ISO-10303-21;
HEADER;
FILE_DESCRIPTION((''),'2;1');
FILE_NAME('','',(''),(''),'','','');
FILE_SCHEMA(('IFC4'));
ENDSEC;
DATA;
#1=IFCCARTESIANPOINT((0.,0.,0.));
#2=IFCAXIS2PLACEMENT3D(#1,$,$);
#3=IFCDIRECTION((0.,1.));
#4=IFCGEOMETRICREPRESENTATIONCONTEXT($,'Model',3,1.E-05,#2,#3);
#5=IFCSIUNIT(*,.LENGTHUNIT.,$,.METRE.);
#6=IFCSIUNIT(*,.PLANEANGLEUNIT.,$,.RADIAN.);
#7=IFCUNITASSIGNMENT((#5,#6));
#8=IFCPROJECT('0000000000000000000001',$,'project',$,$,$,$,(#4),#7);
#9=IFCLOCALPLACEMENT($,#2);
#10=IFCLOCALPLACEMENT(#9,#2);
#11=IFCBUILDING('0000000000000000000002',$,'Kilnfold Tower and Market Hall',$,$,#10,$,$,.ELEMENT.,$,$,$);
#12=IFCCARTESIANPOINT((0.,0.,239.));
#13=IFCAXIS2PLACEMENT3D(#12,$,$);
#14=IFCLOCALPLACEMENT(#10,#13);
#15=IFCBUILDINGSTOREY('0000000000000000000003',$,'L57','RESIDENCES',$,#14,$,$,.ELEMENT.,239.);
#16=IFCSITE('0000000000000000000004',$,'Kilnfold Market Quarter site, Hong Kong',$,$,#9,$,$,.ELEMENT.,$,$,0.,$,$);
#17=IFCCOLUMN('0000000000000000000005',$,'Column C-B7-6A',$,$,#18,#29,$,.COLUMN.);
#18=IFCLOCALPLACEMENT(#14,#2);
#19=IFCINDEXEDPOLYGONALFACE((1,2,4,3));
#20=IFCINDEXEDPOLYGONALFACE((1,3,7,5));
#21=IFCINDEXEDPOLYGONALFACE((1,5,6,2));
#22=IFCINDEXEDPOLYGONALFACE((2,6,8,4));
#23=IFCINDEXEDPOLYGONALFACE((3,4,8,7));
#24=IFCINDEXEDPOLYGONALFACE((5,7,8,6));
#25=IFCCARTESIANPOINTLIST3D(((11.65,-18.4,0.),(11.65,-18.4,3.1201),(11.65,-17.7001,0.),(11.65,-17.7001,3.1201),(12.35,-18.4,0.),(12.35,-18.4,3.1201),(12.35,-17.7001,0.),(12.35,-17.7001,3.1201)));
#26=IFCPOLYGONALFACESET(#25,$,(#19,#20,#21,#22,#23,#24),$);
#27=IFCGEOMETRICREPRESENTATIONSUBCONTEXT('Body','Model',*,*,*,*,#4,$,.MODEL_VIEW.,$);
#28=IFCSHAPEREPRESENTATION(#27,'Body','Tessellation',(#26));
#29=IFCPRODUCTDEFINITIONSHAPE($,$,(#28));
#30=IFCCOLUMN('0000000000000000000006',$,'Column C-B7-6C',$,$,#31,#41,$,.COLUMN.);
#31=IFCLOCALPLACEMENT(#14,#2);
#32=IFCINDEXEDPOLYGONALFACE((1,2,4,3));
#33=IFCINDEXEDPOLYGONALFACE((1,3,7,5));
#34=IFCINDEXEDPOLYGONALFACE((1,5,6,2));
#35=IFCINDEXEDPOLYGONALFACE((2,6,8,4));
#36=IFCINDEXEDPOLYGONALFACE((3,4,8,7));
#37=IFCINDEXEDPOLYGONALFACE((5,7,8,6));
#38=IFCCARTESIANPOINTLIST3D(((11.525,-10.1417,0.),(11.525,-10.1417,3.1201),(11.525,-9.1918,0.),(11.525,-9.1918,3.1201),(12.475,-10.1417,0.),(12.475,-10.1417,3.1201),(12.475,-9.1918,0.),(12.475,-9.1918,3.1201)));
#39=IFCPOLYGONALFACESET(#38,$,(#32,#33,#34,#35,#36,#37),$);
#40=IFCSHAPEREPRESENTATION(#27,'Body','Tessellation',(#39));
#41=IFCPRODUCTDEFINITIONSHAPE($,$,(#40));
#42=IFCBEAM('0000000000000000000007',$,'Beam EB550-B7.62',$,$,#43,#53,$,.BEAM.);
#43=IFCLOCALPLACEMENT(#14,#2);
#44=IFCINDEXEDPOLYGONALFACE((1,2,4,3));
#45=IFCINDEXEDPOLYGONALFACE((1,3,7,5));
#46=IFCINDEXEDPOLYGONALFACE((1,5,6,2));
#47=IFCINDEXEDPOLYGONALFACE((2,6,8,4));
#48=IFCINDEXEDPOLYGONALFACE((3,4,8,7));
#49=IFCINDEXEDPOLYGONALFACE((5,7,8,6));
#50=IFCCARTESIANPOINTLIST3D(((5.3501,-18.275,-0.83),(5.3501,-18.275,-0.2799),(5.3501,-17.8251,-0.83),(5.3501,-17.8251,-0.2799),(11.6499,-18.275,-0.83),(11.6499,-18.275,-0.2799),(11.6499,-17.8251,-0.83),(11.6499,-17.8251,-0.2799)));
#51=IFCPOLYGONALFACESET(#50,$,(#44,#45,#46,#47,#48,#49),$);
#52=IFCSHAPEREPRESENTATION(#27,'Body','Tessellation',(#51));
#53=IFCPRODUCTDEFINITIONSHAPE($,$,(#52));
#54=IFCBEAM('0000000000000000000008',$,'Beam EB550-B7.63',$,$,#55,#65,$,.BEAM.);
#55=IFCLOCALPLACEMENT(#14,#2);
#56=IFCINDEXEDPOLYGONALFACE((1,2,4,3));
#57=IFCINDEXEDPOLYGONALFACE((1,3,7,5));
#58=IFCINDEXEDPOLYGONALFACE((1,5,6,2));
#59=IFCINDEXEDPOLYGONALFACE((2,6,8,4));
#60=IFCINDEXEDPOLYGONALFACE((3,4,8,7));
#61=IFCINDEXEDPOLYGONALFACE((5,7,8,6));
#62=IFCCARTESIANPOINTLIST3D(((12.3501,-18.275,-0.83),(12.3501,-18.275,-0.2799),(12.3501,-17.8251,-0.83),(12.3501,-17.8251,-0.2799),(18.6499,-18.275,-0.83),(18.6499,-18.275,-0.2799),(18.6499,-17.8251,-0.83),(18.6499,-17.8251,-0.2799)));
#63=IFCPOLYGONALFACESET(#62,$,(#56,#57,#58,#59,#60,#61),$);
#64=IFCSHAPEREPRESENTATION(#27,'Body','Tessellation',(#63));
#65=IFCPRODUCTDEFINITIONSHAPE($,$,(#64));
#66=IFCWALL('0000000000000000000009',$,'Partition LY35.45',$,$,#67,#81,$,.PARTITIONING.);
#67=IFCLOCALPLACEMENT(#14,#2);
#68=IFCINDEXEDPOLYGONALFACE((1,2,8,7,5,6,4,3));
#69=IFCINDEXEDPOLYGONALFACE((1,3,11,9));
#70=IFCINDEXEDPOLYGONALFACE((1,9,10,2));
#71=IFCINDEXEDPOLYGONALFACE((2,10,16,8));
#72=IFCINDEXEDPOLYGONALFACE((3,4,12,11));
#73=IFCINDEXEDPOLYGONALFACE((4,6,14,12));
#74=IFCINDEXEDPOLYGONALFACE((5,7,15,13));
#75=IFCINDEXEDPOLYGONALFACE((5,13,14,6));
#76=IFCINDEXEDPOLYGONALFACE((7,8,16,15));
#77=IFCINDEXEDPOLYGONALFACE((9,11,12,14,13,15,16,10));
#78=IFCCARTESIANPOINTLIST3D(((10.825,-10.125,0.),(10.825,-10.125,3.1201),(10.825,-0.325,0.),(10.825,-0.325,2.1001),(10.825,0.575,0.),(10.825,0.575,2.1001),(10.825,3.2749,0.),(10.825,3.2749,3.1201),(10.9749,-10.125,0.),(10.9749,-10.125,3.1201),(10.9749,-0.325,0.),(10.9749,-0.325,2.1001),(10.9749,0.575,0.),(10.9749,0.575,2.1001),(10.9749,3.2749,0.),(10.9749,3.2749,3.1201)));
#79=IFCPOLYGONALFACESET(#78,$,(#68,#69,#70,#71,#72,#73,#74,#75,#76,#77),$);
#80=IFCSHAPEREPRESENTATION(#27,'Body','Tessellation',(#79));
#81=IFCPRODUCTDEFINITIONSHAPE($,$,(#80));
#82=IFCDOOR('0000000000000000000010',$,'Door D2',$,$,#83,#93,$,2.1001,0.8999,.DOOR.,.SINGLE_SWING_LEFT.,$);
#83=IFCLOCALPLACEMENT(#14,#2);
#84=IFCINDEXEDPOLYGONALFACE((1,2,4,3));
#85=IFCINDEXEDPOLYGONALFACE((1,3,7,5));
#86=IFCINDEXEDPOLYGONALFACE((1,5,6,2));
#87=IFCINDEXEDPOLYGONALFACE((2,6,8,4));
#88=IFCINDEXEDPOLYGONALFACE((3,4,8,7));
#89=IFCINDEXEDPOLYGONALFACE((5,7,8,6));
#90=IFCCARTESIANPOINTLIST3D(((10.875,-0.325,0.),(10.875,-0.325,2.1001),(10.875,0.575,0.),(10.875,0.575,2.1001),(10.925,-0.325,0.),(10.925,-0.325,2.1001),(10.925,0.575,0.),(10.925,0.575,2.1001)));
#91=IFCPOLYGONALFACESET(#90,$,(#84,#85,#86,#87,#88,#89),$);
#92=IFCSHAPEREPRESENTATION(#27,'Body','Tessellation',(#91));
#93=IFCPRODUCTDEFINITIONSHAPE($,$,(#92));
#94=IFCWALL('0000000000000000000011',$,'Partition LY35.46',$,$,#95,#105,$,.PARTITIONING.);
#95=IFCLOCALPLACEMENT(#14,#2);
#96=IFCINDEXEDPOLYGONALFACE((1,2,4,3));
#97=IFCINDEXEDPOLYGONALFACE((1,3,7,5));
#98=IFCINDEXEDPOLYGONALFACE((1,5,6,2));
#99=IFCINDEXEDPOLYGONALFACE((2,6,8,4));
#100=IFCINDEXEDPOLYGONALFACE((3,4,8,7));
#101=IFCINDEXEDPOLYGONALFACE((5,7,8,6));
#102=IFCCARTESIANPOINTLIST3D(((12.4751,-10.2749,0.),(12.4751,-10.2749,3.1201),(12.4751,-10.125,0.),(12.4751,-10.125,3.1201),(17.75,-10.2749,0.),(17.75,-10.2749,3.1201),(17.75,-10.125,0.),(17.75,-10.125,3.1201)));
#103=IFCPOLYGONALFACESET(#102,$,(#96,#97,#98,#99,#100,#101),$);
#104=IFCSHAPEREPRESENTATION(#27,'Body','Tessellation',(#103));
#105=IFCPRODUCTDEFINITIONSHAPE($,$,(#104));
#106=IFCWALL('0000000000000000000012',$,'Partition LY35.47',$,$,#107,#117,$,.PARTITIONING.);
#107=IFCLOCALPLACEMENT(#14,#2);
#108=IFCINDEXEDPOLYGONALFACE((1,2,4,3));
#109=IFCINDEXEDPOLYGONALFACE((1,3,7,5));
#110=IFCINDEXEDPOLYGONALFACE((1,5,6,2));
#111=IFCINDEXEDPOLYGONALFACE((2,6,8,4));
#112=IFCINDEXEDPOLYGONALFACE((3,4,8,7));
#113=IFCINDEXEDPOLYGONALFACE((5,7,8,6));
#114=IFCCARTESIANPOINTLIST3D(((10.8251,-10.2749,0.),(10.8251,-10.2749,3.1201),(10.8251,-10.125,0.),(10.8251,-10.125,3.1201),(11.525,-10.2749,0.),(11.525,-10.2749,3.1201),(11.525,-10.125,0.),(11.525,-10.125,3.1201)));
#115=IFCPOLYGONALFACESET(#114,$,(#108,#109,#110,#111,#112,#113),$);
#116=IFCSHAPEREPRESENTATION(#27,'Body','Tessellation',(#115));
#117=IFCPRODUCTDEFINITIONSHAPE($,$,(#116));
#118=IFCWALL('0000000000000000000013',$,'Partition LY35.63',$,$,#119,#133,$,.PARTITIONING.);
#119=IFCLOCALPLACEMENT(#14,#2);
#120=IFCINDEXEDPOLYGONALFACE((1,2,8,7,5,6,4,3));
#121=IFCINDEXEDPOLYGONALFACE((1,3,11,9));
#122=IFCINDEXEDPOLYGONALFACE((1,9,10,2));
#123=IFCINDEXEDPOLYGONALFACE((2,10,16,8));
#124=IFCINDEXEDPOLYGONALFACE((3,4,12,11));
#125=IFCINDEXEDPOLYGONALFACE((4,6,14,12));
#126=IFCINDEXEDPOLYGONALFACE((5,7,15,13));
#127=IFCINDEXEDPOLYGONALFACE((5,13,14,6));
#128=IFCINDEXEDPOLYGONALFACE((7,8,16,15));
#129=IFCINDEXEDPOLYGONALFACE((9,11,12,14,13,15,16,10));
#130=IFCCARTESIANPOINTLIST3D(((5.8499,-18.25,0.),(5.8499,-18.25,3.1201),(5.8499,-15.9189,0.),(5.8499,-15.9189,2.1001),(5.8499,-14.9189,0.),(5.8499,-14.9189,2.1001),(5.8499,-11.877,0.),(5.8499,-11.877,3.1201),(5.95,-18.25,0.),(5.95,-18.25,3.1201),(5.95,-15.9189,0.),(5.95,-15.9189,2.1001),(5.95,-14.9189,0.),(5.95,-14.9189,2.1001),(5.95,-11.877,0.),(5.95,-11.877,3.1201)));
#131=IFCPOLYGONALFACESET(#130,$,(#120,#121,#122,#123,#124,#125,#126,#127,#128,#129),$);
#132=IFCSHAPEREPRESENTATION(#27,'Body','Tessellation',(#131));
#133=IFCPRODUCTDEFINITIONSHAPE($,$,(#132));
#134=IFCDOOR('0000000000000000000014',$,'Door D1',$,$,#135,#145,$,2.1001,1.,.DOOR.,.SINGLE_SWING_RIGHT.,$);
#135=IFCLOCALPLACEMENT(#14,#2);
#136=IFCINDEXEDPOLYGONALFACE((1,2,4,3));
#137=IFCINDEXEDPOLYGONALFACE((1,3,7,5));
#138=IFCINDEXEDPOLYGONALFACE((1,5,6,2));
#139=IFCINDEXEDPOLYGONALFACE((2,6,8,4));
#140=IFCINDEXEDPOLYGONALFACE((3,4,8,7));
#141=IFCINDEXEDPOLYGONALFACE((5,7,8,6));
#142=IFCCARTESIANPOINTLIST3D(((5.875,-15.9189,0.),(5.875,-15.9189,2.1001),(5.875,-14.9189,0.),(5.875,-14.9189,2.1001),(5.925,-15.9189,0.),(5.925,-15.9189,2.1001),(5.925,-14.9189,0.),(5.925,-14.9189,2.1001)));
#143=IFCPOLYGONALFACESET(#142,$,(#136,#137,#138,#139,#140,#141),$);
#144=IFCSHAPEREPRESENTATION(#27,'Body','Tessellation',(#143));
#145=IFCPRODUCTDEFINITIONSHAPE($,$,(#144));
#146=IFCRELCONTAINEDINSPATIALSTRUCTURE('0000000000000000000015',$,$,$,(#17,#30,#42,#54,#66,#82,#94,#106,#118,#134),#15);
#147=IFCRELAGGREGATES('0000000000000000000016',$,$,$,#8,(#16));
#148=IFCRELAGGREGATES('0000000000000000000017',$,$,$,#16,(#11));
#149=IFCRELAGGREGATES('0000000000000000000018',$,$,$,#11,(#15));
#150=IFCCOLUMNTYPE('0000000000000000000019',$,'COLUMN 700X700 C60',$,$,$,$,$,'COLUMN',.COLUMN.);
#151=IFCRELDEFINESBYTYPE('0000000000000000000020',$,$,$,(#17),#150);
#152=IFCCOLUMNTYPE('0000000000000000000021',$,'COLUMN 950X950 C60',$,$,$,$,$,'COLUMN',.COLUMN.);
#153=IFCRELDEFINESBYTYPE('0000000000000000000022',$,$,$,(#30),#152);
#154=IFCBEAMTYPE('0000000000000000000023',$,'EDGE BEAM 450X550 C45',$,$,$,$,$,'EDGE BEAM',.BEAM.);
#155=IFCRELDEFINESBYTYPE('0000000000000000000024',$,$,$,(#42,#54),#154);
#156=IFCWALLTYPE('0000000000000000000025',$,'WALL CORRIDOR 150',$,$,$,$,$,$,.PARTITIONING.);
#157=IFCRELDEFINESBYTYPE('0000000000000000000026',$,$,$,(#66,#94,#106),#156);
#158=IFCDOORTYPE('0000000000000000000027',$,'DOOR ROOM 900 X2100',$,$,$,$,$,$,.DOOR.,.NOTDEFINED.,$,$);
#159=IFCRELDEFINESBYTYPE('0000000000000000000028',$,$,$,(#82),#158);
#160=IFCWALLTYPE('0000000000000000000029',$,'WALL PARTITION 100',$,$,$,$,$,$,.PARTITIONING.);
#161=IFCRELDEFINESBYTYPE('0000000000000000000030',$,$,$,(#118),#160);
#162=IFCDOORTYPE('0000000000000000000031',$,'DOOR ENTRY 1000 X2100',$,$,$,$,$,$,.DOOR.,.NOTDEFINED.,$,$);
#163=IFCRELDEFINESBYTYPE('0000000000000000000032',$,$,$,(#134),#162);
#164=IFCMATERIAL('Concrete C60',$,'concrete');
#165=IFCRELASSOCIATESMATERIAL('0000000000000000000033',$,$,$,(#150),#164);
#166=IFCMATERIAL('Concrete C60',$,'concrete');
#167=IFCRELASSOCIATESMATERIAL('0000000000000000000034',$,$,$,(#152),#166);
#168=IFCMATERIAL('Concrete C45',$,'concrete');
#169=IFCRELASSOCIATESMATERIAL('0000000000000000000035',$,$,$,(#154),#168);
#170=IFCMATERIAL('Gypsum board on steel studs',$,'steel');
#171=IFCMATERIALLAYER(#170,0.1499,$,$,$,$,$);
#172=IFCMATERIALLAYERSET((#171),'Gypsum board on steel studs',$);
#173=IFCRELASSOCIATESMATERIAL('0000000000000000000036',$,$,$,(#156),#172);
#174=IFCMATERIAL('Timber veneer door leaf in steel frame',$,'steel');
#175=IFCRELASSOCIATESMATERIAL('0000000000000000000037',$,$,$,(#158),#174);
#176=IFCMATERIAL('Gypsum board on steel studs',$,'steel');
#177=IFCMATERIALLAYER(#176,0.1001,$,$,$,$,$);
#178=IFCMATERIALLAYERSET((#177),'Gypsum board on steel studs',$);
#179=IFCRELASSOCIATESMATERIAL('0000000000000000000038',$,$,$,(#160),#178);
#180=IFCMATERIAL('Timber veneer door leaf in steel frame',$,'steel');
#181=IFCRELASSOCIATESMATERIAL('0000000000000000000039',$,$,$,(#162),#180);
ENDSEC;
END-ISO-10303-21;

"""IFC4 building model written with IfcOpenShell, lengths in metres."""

from ifc_helpers import new_model, si_unit, direction, frame, frame_2d, origin, origin_2d, place, context, subcontext, project, spatial, rectangle, extrude, source, transform, mapped, material, layer, layer_set, material_profile, profile_set, type_object, element, fill, save


model = new_model("IFC4")

# Units and contexts
model_context = context("Model", 3, precision=1e-05, world=origin(), true_north=direction((0.0, 1.0)))
body_context = subcontext(model_context, "Body", "Model", "MODEL_VIEW")
ifc_project = project(units=[si_unit("LENGTHUNIT", "METRE"), si_unit("PLANEANGLEUNIT", "RADIAN")], contexts=[model_context])

# Site, building, storey
site_placement = place(None, origin())
site = spatial("IfcSite", under=ifc_project, at=site_placement, Name="Kilnfold Market Quarter site, Hong Kong", CompositionType="ELEMENT", RefElevation=0.0)
building_placement = place(site_placement, origin())
building = spatial("IfcBuilding", under=site, at=building_placement, Name="Kilnfold Tower and Market Hall", CompositionType="ELEMENT")
storey_placement = place(building_placement, frame((0.0, 0.0, 239.0)))
storey = spatial("IfcBuildingStorey", under=building, at=storey_placement, Name="L57", Description="RESIDENCES", CompositionType="ELEMENT", Elevation=239.0)

# Columns
ifc_material_1 = material(Name="Concrete C60", Category="concrete")
ifc_material_profile_1 = material_profile(ifc_material_1, rectangle(XDim=0.7, YDim=0.7, at=origin_2d()), Name="RC 700x700")
ifc_profile_set_1 = profile_set([ifc_material_profile_1], Name="Concrete C60")
column_type_1 = type_object("IfcColumnType", Name="COLUMN 700X700 C60", ElementType="COLUMN", PredefinedType="COLUMN", material=ifc_profile_set_1)
shared_shape_1 = source(origin(), body_context, "Body", "SweptSolid", [
    extrude(rectangle(XDim=0.7, YDim=0.7, at=origin_2d()), origin(), (0.0, 0.0, 1.0), 3.1201),
])
column_1_placement = place(storey_placement, frame((12.0, -18.05, 0.0), z_axis=(0.0, 0.0, 1.0), x_axis=(1.0, 0.0, 0.0)))
element("IfcColumn", 1, at=column_1_placement, inside=storey, type_object=column_type_1, Name="Column C-B7-6A", PredefinedType="COLUMN", context=body_context, shape_type="MappedRepresentation", body=[
    mapped(shared_shape_1, transform((0.0, 0.0, 0.0))),
])
ifc_material_2 = material(Name="Concrete C60", Category="concrete")
ifc_material_profile_2 = material_profile(ifc_material_2, rectangle(XDim=0.95, YDim=0.95, at=origin_2d()), Name="RC 950x950")
ifc_profile_set_2 = profile_set([ifc_material_profile_2], Name="Concrete C60")
column_type_2 = type_object("IfcColumnType", Name="COLUMN 950X950 C60", ElementType="COLUMN", PredefinedType="COLUMN", material=ifc_profile_set_2)
shared_shape_2 = source(origin(), body_context, "Body", "SweptSolid", [
    extrude(rectangle(XDim=0.95, YDim=0.95, at=origin_2d()), origin(), (0.0, 0.0, 1.0), 3.1201),
])
column_2_placement = place(storey_placement, frame((12.0, -9.6667, 0.0), z_axis=(0.0, 0.0, 1.0), x_axis=(1.0, 0.0, 0.0)))
element("IfcColumn", 2, at=column_2_placement, inside=storey, type_object=column_type_2, Name="Column C-B7-6C", PredefinedType="COLUMN", context=body_context, shape_type="MappedRepresentation", body=[
    mapped(shared_shape_2, transform((0.0, 0.0, 0.0))),
])

# Beams
ifc_material_3 = material(Name="Concrete C45", Category="concrete")
ifc_material_profile_3 = material_profile(ifc_material_3, rectangle(XDim=0.45, YDim=0.55, at=origin_2d()), Name="RC 450x550")
ifc_profile_set_3 = profile_set([ifc_material_profile_3], Name="Concrete C45")
beam_type = type_object("IfcBeamType", Name="EDGE BEAM 450X550 C45", ElementType="EDGE BEAM", PredefinedType="BEAM", material=ifc_profile_set_3)
shared_shape_3 = source(origin(), body_context, "Body", "SweptSolid", [
    extrude(rectangle(XDim=0.45, YDim=0.55, at=origin_2d()), origin(), (0.0, 0.0, 1.0), 6.2998),
])
for number, where, z_axis, x_axis, name in (
    (3, (5.3501, -18.05, -0.5549), (1.0, 0.0, 0.0), (0.0, 1.0, 0.0), "Beam EB550-B7.62"),
    (4, (12.3501, -18.05, -0.5549), (1.0, 0.0, 0.0), (0.0, 1.0, 0.0), "Beam EB550-B7.63"),
):
    element("IfcBeam", number, at=place(storey_placement, frame(where, z_axis=z_axis, x_axis=x_axis)), inside=storey, type_object=beam_type, Name=name, PredefinedType="BEAM", context=body_context, shape_type="MappedRepresentation", body=[
        mapped(shared_shape_3, transform((0.0, 0.0, 0.0))),
    ])

# Wall, opening, door
ifc_material_4 = material(Name="Gypsum board on steel studs", Category="steel")
ifc_layer_1 = layer(ifc_material_4, 0.1499)
ifc_layer_set_1 = layer_set([ifc_layer_1], Name="Gypsum board on steel studs")
wall_type_1 = type_object("IfcWallType", Name="WALL CORRIDOR 150", PredefinedType="PARTITIONING", material=ifc_layer_set_1)
wall_1_placement = place(storey_placement, frame((10.8999, -10.125, 0.0), z_axis=(0.0, 0.0, 1.0), x_axis=(0.0, 1.0, 0.0)))
wall_1 = element("IfcWall", 5, at=wall_1_placement, inside=storey, type_object=wall_type_1, Name="Partition LY35.45", PredefinedType="PARTITIONING", context=body_context, shape_type="SweptSolid", body=[
    extrude(rectangle(XDim=13.3999, YDim=0.1499, at=frame_2d((6.7, 0.0))), origin(), (0.0, 0.0, 1.0), 3.1201),
])
opening_1_placement = place(wall_1_placement, frame((9.8, 0.0, 0.0)))
opening_1 = element("IfcOpeningElement", 6, at=opening_1_placement, cuts=wall_1, PredefinedType="OPENING", context=body_context, shape_type="SweptSolid", body=[
    extrude(rectangle(XDim=0.8999, YDim=2.1001, at=frame_2d((0.45, 1.05))), frame((0.0, 0.085, 0.0), z_axis=(0.0, -1.0, 0.0), x_axis=(1.0, 0.0, 0.0)), (0.0, 0.0, 1.0), 0.1699),
])
ifc_material_5 = material(Name="Timber veneer door leaf in steel frame", Category="steel")
door_type_1 = type_object("IfcDoorType", Name="DOOR ROOM 900 X2100", OperationType="NOTDEFINED", PredefinedType="DOOR", material=ifc_material_5)
door_1_placement = place(opening_1_placement, origin())
door_1 = element("IfcDoor", 7, at=door_1_placement, inside=storey, type_object=door_type_1, Name="Door D2", OperationType="SINGLE_SWING_LEFT", OverallHeight=2.1001, OverallWidth=0.8999, PredefinedType="DOOR", context=body_context, shape_type="SweptSolid", body=[
    extrude(rectangle(XDim=0.8999, YDim=2.1001, at=frame_2d((0.45, 1.05))), frame((0.0, 0.0249, 0.0), z_axis=(0.0, -1.0, 0.0), x_axis=(1.0, 0.0, 0.0)), (0.0, 0.0, 1.0), 0.05),
])
fill(opening_1, door_1)

# Walls
wall_2_placement = place(storey_placement, frame((12.4751, -10.2, 0.0), z_axis=(0.0, 0.0, 1.0), x_axis=(1.0, 0.0, 0.0)))
element("IfcWall", 8, at=wall_2_placement, inside=storey, type_object=wall_type_1, Name="Partition LY35.46", PredefinedType="PARTITIONING", context=body_context, shape_type="SweptSolid", body=[
    extrude(rectangle(XDim=5.2749, YDim=0.1499, at=frame_2d((2.6375, 0.0))), origin(), (0.0, 0.0, 1.0), 3.1201),
])
wall_3_placement = place(storey_placement, frame((10.825, -10.2, 0.0), z_axis=(0.0, 0.0, 1.0), x_axis=(1.0, 0.0, 0.0)))
element("IfcWall", 9, at=wall_3_placement, inside=storey, type_object=wall_type_1, Name="Partition LY35.47", PredefinedType="PARTITIONING", context=body_context, shape_type="SweptSolid", body=[
    extrude(rectangle(XDim=0.7, YDim=0.1499, at=frame_2d((0.3501, 0.0))), origin(), (0.0, 0.0, 1.0), 3.1201),
])

# Wall, opening, door
ifc_material_6 = material(Name="Gypsum board on steel studs", Category="steel")
ifc_layer_2 = layer(ifc_material_6, 0.1001)
ifc_layer_set_2 = layer_set([ifc_layer_2], Name="Gypsum board on steel studs")
wall_type_2 = type_object("IfcWallType", Name="WALL PARTITION 100", PredefinedType="PARTITIONING", material=ifc_layer_set_2)
wall_4_placement = place(storey_placement, frame((5.8999, -18.25, 0.0), z_axis=(0.0, 0.0, 1.0), x_axis=(0.0, 1.0, 0.0)))
wall_4 = element("IfcWall", 10, at=wall_4_placement, inside=storey, type_object=wall_type_2, Name="Partition LY35.63", PredefinedType="PARTITIONING", context=body_context, shape_type="SweptSolid", body=[
    extrude(rectangle(XDim=6.373, YDim=0.1001, at=frame_2d((3.1865, 0.0))), origin(), (0.0, 0.0, 1.0), 3.1201),
])
opening_2_placement = place(wall_4_placement, frame((2.3311, 0.0, 0.0)))
opening_2 = element("IfcOpeningElement", 11, at=opening_2_placement, cuts=wall_4, PredefinedType="OPENING", context=body_context, shape_type="SweptSolid", body=[
    extrude(rectangle(XDim=1.0, YDim=2.1001, at=frame_2d((0.5, 1.05))), frame((0.0, 0.0601, 0.0), z_axis=(0.0, -1.0, 0.0), x_axis=(1.0, 0.0, 0.0)), (0.0, 0.0, 1.0), 0.1201),
])
ifc_material_7 = material(Name="Timber veneer door leaf in steel frame", Category="steel")
door_type_2 = type_object("IfcDoorType", Name="DOOR ENTRY 1000 X2100", OperationType="NOTDEFINED", PredefinedType="DOOR", material=ifc_material_7)
door_2_placement = place(opening_2_placement, origin())
door_2 = element("IfcDoor", 12, at=door_2_placement, inside=storey, type_object=door_type_2, Name="Door D1", OperationType="SINGLE_SWING_RIGHT", OverallHeight=2.1001, OverallWidth=1.0, PredefinedType="DOOR", context=body_context, shape_type="SweptSolid", body=[
    extrude(rectangle(XDim=1.0, YDim=2.1001, at=frame_2d((0.5, 1.05))), frame((0.0, 0.0249, 0.0), z_axis=(0.0, -1.0, 0.0), x_axis=(1.0, 0.0, 0.0)), (0.0, 0.0, 1.0), 0.05),
])
fill(opening_2, door_2)

save(model, "model.ifc")
